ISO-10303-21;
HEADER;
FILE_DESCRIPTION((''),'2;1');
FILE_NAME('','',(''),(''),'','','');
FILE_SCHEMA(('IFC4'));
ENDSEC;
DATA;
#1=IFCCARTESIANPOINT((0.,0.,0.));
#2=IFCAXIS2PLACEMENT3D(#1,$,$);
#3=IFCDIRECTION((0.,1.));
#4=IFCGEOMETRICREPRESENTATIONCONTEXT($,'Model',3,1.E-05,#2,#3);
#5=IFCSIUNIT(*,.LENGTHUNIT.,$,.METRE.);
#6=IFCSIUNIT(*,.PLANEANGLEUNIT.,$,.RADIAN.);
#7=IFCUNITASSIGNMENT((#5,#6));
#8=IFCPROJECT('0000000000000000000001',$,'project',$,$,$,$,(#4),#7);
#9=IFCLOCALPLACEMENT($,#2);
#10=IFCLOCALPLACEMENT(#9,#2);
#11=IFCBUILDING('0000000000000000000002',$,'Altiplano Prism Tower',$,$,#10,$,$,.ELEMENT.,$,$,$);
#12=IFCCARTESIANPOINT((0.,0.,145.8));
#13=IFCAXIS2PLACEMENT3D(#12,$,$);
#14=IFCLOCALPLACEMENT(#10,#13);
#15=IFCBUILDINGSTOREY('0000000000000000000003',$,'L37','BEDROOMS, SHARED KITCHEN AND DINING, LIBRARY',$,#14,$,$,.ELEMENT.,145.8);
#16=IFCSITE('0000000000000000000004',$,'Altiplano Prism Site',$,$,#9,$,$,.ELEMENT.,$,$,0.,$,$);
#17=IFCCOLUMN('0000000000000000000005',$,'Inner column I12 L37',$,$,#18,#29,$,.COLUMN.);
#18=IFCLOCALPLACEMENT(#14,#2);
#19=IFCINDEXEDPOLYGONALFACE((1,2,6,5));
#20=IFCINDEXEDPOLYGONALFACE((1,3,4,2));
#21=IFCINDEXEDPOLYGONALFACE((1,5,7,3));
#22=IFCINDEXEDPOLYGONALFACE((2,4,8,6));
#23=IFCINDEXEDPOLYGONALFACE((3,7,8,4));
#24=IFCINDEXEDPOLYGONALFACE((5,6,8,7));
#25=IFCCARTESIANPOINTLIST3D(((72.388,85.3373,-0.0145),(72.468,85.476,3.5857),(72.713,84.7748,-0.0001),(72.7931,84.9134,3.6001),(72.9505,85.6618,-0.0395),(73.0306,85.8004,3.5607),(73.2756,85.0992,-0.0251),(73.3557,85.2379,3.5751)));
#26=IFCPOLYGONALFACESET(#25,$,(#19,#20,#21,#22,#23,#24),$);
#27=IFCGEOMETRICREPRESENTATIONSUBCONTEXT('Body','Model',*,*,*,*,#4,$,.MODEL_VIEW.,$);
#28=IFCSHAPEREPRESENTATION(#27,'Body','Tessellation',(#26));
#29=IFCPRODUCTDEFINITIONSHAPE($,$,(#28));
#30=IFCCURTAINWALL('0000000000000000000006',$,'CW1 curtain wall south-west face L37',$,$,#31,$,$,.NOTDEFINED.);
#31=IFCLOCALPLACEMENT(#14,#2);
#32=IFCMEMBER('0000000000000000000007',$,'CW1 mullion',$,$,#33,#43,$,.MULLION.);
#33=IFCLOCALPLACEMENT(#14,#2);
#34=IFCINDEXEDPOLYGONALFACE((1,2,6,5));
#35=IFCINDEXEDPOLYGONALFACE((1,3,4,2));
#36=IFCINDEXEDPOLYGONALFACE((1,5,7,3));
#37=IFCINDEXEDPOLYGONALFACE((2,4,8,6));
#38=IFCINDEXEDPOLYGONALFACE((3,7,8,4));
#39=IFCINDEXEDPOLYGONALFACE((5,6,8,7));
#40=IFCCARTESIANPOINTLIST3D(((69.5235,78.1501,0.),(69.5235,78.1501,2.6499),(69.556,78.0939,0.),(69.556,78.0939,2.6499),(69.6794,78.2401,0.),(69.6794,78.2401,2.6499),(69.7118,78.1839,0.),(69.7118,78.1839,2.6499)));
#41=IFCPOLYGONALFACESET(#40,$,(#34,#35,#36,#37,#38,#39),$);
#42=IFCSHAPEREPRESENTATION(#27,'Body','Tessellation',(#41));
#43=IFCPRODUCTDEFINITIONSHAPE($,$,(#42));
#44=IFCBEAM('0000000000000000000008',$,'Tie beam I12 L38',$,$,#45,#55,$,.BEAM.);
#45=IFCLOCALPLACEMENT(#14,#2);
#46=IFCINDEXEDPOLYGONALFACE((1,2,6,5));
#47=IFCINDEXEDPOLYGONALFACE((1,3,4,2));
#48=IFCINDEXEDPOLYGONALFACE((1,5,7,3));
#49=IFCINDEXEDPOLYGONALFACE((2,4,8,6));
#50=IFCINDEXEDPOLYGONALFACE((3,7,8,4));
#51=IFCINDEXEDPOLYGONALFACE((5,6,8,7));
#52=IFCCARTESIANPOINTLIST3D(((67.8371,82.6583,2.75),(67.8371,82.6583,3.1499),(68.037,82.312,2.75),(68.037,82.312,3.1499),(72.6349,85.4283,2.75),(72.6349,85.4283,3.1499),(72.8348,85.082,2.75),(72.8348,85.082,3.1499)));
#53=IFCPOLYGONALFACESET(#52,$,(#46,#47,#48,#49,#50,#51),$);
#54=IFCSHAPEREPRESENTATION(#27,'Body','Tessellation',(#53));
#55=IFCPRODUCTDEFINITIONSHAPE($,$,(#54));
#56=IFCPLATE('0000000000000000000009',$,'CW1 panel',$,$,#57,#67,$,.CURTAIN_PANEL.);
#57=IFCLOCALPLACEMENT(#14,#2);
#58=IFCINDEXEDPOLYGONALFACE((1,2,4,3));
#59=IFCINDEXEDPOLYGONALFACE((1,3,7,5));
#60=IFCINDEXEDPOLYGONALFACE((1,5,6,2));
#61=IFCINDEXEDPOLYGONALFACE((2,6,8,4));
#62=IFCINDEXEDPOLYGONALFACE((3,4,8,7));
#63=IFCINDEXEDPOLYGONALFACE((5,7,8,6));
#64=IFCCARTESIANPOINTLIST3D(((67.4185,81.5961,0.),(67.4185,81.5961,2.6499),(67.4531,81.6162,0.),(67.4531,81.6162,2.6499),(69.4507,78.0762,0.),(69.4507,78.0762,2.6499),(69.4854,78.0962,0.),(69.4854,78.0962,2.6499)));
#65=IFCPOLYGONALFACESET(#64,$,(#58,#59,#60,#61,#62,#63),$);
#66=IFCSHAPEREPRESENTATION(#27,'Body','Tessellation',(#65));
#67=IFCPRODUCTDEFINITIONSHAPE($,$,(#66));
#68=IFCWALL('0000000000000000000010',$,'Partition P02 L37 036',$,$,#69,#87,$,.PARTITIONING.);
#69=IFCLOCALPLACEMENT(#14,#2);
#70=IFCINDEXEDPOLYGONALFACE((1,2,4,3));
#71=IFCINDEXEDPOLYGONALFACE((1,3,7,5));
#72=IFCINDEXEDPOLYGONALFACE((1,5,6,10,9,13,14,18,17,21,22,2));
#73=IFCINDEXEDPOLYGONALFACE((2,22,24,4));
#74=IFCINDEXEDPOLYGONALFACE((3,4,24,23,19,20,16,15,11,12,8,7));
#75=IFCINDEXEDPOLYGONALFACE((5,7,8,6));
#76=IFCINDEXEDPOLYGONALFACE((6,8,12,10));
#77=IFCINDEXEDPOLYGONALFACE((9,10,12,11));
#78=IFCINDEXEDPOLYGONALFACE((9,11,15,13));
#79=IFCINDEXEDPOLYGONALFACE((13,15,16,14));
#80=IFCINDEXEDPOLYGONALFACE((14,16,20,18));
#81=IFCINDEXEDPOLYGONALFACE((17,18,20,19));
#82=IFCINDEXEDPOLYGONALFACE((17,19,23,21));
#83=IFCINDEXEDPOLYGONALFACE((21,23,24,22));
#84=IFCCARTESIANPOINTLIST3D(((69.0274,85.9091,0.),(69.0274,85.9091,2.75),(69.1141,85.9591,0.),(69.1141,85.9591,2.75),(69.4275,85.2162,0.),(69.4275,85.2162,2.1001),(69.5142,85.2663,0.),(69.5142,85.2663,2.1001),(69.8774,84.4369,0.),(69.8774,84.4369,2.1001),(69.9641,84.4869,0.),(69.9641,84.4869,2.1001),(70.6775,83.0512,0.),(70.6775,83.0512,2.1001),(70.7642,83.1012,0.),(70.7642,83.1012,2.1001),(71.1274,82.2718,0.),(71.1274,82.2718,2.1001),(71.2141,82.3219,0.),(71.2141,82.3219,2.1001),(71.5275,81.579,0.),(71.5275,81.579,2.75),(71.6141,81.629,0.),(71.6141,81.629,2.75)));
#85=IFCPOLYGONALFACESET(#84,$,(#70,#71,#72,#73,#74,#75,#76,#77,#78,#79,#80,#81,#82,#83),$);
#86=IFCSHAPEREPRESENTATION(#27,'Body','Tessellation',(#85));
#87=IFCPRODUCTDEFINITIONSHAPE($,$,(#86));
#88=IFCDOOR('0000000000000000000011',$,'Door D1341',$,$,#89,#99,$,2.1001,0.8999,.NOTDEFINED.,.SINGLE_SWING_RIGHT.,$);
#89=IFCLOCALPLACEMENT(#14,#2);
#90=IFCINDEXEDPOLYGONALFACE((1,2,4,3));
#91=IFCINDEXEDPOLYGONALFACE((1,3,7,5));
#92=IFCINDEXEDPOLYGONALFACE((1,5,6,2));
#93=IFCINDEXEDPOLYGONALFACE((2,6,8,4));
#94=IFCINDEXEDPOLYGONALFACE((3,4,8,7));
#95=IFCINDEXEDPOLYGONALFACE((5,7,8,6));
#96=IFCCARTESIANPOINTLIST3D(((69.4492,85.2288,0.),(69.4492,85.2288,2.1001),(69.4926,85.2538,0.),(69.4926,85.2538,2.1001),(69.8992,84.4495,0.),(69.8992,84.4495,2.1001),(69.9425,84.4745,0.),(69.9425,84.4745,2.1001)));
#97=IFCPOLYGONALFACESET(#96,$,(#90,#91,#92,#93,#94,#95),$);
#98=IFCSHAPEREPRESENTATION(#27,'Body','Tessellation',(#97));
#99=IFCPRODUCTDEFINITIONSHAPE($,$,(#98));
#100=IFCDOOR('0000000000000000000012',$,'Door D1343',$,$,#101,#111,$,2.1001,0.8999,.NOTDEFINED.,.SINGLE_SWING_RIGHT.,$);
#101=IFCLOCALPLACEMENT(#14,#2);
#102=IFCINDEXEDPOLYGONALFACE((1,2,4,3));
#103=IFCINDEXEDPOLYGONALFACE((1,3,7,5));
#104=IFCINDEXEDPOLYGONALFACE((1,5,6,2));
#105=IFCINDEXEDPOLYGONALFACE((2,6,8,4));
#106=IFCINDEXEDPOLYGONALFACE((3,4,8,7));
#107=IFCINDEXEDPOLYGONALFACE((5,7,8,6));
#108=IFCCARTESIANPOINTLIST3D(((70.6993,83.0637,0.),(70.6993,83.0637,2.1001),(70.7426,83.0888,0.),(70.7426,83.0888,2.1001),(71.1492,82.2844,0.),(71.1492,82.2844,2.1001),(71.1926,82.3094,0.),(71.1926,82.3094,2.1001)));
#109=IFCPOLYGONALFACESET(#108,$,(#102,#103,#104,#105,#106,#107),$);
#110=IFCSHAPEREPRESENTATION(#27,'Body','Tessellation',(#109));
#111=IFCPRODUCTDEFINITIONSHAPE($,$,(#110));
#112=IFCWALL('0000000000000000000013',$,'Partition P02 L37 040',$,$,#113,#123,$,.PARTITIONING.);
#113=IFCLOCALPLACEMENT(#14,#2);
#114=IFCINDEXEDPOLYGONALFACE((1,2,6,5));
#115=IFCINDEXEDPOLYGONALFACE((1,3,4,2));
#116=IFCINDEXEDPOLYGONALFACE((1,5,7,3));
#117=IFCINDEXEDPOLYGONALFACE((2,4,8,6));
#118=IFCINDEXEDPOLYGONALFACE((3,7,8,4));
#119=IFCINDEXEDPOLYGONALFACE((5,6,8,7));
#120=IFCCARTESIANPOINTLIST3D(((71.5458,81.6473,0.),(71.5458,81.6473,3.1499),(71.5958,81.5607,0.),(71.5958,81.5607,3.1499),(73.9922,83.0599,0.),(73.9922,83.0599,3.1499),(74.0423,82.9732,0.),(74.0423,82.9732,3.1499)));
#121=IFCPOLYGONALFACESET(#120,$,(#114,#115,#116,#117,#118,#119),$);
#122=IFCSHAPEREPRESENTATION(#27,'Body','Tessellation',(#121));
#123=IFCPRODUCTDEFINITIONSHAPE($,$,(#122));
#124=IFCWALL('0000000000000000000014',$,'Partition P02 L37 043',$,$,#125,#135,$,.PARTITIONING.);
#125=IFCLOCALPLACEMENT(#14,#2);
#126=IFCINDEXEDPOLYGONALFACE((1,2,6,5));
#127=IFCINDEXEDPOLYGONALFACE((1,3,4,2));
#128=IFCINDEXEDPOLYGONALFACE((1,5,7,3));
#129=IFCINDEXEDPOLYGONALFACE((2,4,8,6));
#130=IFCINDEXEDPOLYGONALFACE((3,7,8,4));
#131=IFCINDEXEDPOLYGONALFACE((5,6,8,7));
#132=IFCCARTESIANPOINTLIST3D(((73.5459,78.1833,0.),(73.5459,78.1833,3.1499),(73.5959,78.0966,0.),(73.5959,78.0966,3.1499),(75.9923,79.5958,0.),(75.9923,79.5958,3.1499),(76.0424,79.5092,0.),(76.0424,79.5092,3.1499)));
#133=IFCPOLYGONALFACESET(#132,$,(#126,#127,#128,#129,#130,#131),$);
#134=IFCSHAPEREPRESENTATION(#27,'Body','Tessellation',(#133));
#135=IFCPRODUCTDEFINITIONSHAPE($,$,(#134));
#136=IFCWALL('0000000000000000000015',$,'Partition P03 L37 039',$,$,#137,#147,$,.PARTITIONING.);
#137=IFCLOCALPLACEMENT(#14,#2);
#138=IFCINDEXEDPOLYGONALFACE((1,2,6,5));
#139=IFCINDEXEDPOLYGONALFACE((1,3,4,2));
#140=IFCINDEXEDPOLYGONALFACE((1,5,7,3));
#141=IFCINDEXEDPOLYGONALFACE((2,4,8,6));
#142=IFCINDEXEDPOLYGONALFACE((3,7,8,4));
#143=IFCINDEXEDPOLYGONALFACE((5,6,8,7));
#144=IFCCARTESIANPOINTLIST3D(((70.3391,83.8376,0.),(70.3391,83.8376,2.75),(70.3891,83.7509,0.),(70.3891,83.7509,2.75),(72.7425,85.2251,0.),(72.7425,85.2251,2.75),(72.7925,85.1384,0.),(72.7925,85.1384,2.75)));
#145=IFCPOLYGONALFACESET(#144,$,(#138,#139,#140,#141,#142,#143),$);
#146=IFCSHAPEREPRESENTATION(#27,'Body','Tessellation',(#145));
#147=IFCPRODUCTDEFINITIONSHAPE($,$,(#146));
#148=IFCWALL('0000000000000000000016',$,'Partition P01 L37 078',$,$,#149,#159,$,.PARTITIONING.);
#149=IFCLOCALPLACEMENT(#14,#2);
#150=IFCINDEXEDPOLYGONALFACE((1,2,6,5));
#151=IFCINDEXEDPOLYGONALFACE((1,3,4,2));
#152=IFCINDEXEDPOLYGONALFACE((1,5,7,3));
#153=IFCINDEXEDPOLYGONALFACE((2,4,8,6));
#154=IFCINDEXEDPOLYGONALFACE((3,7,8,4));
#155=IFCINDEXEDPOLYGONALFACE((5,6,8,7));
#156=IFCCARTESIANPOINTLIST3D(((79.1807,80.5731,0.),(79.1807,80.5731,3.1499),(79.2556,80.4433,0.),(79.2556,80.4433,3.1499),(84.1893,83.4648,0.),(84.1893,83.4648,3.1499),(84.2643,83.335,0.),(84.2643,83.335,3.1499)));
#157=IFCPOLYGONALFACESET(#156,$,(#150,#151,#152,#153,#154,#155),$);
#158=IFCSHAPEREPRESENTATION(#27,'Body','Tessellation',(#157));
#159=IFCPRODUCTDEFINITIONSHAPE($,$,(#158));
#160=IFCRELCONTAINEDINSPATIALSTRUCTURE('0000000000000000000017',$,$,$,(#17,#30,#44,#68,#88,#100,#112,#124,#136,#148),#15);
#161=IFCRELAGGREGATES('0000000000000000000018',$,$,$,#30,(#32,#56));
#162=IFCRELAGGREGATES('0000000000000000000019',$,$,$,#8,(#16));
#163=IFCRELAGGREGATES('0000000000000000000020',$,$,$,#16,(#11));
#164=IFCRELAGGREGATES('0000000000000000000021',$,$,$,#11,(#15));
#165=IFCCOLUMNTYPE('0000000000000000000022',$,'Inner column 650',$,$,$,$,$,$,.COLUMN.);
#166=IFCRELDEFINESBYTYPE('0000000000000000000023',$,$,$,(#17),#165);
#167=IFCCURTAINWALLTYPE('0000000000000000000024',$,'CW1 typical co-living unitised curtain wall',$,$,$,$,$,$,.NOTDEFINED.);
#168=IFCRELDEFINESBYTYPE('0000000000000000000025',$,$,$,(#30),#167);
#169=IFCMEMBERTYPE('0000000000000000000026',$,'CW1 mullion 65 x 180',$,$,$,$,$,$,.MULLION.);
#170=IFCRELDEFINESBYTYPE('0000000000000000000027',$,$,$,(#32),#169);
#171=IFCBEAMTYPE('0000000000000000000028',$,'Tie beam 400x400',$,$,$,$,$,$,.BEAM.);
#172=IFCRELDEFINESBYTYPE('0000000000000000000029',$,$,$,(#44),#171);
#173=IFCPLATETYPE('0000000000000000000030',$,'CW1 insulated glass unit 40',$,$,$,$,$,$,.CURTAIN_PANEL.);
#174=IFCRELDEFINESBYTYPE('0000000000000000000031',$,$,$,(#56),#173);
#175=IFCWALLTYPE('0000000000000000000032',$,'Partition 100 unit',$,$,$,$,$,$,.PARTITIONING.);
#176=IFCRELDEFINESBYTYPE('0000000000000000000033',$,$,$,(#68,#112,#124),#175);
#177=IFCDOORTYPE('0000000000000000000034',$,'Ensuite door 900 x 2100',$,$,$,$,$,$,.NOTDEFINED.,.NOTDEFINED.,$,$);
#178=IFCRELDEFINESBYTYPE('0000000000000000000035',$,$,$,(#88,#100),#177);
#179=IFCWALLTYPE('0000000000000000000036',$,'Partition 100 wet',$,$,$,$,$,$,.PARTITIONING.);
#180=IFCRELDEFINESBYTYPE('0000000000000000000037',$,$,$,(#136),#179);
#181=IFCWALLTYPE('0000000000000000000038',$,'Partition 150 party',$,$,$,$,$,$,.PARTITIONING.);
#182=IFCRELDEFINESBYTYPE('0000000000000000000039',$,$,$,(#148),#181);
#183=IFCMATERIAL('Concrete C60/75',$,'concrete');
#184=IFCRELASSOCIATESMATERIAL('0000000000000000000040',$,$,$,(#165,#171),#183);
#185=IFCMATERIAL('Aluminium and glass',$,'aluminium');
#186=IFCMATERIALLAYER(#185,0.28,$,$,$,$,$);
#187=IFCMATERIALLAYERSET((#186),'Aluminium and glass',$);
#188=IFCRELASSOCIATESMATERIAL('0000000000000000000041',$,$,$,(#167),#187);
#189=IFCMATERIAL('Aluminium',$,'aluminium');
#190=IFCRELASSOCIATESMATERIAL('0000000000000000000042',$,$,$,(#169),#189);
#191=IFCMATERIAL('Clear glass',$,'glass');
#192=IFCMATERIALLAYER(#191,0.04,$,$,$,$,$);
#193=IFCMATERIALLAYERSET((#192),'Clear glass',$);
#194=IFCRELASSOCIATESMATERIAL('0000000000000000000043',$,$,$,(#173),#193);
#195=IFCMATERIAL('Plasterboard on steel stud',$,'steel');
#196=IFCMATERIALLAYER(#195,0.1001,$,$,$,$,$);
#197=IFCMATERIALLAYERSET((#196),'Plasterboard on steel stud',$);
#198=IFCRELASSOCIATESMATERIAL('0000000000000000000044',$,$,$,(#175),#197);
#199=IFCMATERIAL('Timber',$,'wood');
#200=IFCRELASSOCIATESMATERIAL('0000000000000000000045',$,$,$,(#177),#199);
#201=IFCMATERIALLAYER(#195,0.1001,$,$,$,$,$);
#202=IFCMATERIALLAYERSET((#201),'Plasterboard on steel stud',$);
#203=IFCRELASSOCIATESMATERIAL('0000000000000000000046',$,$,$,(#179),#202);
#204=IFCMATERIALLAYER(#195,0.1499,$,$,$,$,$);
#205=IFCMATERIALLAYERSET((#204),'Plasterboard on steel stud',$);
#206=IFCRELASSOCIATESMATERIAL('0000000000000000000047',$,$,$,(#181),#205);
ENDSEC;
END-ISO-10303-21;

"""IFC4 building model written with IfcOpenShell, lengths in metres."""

from ifc_helpers import new_model, si_unit, direction, frame, frame_2d, origin, origin_2d, place, context, subcontext, project, spatial, rectangle, extrude, material, layer, layer_set, material_profile, profile_set, type_object, element, fill, aggregate, save


model = new_model("IFC4")

# Units and contexts
model_context = context("Model", 3, precision=1e-05, world=origin(), true_north=direction((0.0, 1.0)))
body_context = subcontext(model_context, "Body", "Model", "MODEL_VIEW")
ifc_project = project(units=[si_unit("LENGTHUNIT", "METRE"), si_unit("PLANEANGLEUNIT", "RADIAN")], contexts=[model_context])

# Site, building, storey
site_placement = place(None, origin())
site = spatial("IfcSite", under=ifc_project, at=site_placement, Name="Altiplano Prism Site", CompositionType="ELEMENT", RefElevation=0.0)
building_placement = place(site_placement, origin())
building = spatial("IfcBuilding", under=site, at=building_placement, Name="Altiplano Prism Tower", CompositionType="ELEMENT")
storey_placement = place(building_placement, frame((0.0, 0.0, 145.8)))
storey = spatial("IfcBuildingStorey", under=building, at=storey_placement, Name="L37", Description="BEDROOMS, SHARED KITCHEN AND DINING, LIBRARY", CompositionType="ELEMENT", Elevation=145.8)

# Column
ifc_material_1 = material(Name="Concrete C60/75", Category="concrete")
ifc_material_profile_1 = material_profile(ifc_material_1, rectangle(XDim=0.6499, YDim=0.6499, at=origin_2d()), Name="Inner column 650")
ifc_profile_set_1 = profile_set([ifc_material_profile_1], Name="Concrete C60/75")
column_type = type_object("IfcColumnType", Name="Inner column 650", PredefinedType="COLUMN", material=ifc_profile_set_1)
column_placement = place(storey_placement, frame((72.8318, 85.2183, -0.0198), z_axis=(0.022221, 0.038481, 0.999012), x_axis=(-0.865642, -0.499182, 0.038483)))
element("IfcColumn", 1, at=column_placement, inside=storey, type_object=column_type, Name="Inner column I12 L37", PredefinedType="COLUMN", context=body_context, shape_type="SweptSolid", body=[
    extrude(rectangle(XDim=0.6499, YDim=0.6499, at=origin_2d()), origin(), (0.0, 0.0, 1.0), 3.6038),
])

# Curtain wall, member
ifc_material_2 = material(Name="Aluminium and glass", Category="aluminium")
ifc_layer_1 = layer(ifc_material_2, 0.28)
ifc_layer_set_1 = layer_set([ifc_layer_1], Name="Aluminium and glass")
curtain_wall_type = type_object("IfcCurtainWallType", Name="CW1 typical co-living unitised curtain wall", PredefinedType="NOTDEFINED", material=ifc_layer_set_1)
curtain_wall_placement = place(storey_placement, origin())
curtain_wall = element("IfcCurtainWall", 2, at=curtain_wall_placement, inside=storey, type_object=curtain_wall_type, Name="CW1 curtain wall south-west face L37", PredefinedType="NOTDEFINED")
ifc_material_3 = material(Name="Aluminium", Category="aluminium")
ifc_material_profile_2 = material_profile(ifc_material_3, rectangle(XDim=0.1799, YDim=0.0649, at=origin_2d()), Name="CW1 mullion 65 x 180")
ifc_profile_set_2 = profile_set([ifc_material_profile_2], Name="Aluminium")
member_type = type_object("IfcMemberType", Name="CW1 mullion 65 x 180", PredefinedType="MULLION", material=ifc_profile_set_2)
member_placement = place(storey_placement, frame((69.6177, 78.167, 0.0), z_axis=(0.0, 0.0, 1.0), x_axis=(0.866025, 0.5, 0.0)))
member = element("IfcMember", 3, at=member_placement, type_object=member_type, Name="CW1 mullion", PredefinedType="MULLION", context=body_context, shape_type="SweptSolid", body=[
    extrude(rectangle(XDim=0.1799, YDim=0.0649, at=origin_2d()), origin(), (0.0, 0.0, 1.0), 2.6499),
])

# Beam
ifc_material_profile_3 = material_profile(ifc_material_1, rectangle(XDim=0.3999, YDim=0.3999, at=origin_2d()), Name="Tie beam 400x400")
ifc_profile_set_3 = profile_set([ifc_material_profile_3], Name="Concrete C60/75")
beam_type = type_object("IfcBeamType", Name="Tie beam 400x400", PredefinedType="BEAM", material=ifc_profile_set_3)
beam_placement = place(storey_placement, frame((72.7349, 85.2551, 2.95), z_axis=(-0.866027, -0.499997, 0.0), x_axis=(0.499997, -0.866027, 0.0)))
element("IfcBeam", 4, at=beam_placement, inside=storey, type_object=beam_type, Name="Tie beam I12 L38", PredefinedType="BEAM", context=body_context, shape_type="SweptSolid", body=[
    extrude(rectangle(XDim=0.3999, YDim=0.3999, at=origin_2d()), origin(), (0.0, 0.0, 1.0), 5.54),
])

# Plate
ifc_material_4 = material(Name="Clear glass", Category="glass")
ifc_layer_2 = layer(ifc_material_4, 0.04)
ifc_layer_set_2 = layer_set([ifc_layer_2], Name="Clear glass")
plate_type = type_object("IfcPlateType", Name="CW1 insulated glass unit 40", PredefinedType="CURTAIN_PANEL", material=ifc_layer_set_2)
plate_placement = place(storey_placement, frame((68.4519, 79.8462, 0.0), z_axis=(0.0, 0.0, 1.0), x_axis=(0.5, -0.866025, 0.0)))
plate = element("IfcPlate", 5, at=plate_placement, type_object=plate_type, Name="CW1 panel", PredefinedType="CURTAIN_PANEL", context=body_context, shape_type="SweptSolid", body=[
    extrude(rectangle(XDim=4.0645, YDim=0.04, at=origin_2d()), origin(), (0.0, 0.0, 1.0), 2.6499),
])
aggregate(curtain_wall, [member, plate])

# Wall, openings, doors
ifc_material_5 = material(Name="Plasterboard on steel stud", Category="steel")
ifc_layer_3 = layer(ifc_material_5, 0.1001)
ifc_layer_set_3 = layer_set([ifc_layer_3], Name="Plasterboard on steel stud")
wall_type_1 = type_object("IfcWallType", Name="Partition 100 unit", PredefinedType="PARTITIONING", material=ifc_layer_set_3)
wall_1_placement = place(storey_placement, frame((71.5708, 81.604, 0.0), z_axis=(0.0, 0.0, 1.0), x_axis=(-0.500004, 0.866023, 0.0)))
wall_1 = element("IfcWall", 6, at=wall_1_placement, inside=storey, type_object=wall_type_1, Name="Partition P02 L37 036", PredefinedType="PARTITIONING", context=body_context, shape_type="SweptSolid", body=[
    extrude(rectangle(XDim=5.0, YDim=0.1001, at=frame_2d((2.5, 0.0))), origin(), (0.0, 0.0, 1.0), 2.75),
])
opening_1_placement = place(wall_1_placement, frame((3.3, 0.0, 0.0)))
opening_1 = element("IfcOpeningElement", 7, at=opening_1_placement, cuts=wall_1, PredefinedType="OPENING", context=body_context, shape_type="SweptSolid", body=[
    extrude(rectangle(XDim=0.8999, YDim=2.1001, at=frame_2d((0.45, 1.05))), frame((0.0, 0.0605, 0.0), z_axis=(0.0, -1.0, 0.0), x_axis=(1.0, 0.0, 0.0)), (0.0, 0.0, 1.0), 0.1211),
])
opening_2_placement = place(wall_1_placement, frame((0.8, 0.0, 0.0)))
opening_2 = element("IfcOpeningElement", 8, at=opening_2_placement, cuts=wall_1, PredefinedType="OPENING", context=body_context, shape_type="SweptSolid", body=[
    extrude(rectangle(XDim=0.8999, YDim=2.1001, at=frame_2d((0.45, 1.05))), frame((0.0, 0.0605, 0.0), z_axis=(0.0, -1.0, 0.0), x_axis=(1.0, 0.0, 0.0)), (0.0, 0.0, 1.0), 0.1211),
])
ifc_material_6 = material(Name="Timber", Category="wood")
door_type = type_object("IfcDoorType", Name="Ensuite door 900 x 2100", OperationType="NOTDEFINED", PredefinedType="NOTDEFINED", material=ifc_material_6)
door_1_placement = place(opening_1_placement, origin())
door_1 = element("IfcDoor", 9, at=door_1_placement, inside=storey, type_object=door_type, Name="Door D1341", OperationType="SINGLE_SWING_RIGHT", OverallHeight=2.1001, OverallWidth=0.8999, PredefinedType="NOTDEFINED", context=body_context, shape_type="SweptSolid", body=[
    extrude(rectangle(XDim=0.8999, YDim=2.1001, at=frame_2d((0.45, 1.05))), frame((0.0, 0.0249, 0.0), z_axis=(0.0, -1.0, 0.0), x_axis=(1.0, 0.0, 0.0)), (0.0, 0.0, 1.0), 0.05),
])
fill(opening_1, door_1)
door_2_placement = place(opening_2_placement, origin())
door_2 = element("IfcDoor", 10, at=door_2_placement, inside=storey, type_object=door_type, Name="Door D1343", OperationType="SINGLE_SWING_RIGHT", OverallHeight=2.1001, OverallWidth=0.8999, PredefinedType="NOTDEFINED", context=body_context, shape_type="SweptSolid", body=[
    extrude(rectangle(XDim=0.8999, YDim=2.1001, at=frame_2d((0.45, 1.05))), frame((0.0, 0.0249, 0.0), z_axis=(0.0, -1.0, 0.0), x_axis=(1.0, 0.0, 0.0)), (0.0, 0.0, 1.0), 0.05),
])
fill(opening_2, door_2)

# Walls
for number, where, z_axis, x_axis, name in (
    (11, (74.0173, 83.0166, 0.0), (0.0, 0.0, 1.0), (-0.866011, -0.500024, 0.0), "Partition P02 L37 040"),
    (12, (73.5708, 78.1399, 0.0), (0.0, 0.0, 1.0), (0.866011, 0.500024, 0.0), "Partition P02 L37 043"),
):
    element("IfcWall", number, at=place(storey_placement, frame(where, z_axis=z_axis, x_axis=x_axis)), inside=storey, type_object=wall_type_1, Name=name, PredefinedType="PARTITIONING", context=body_context, shape_type="SweptSolid", body=[
        extrude(rectangle(XDim=2.825, YDim=0.1001, at=frame_2d((1.4126, 0.0))), origin(), (0.0, 0.0, 1.0), 3.1499),
    ])
ifc_layer_4 = layer(ifc_material_5, 0.1001)
ifc_layer_set_4 = layer_set([ifc_layer_4], Name="Plasterboard on steel stud")
wall_type_2 = type_object("IfcWallType", Name="Partition 100 wet", PredefinedType="PARTITIONING", material=ifc_layer_set_4)
wall_2_placement = place(storey_placement, frame((70.364, 83.7942, 0.0), z_axis=(0.0, 0.0, 1.0), x_axis=(0.866042, 0.499971, 0.0)))
element("IfcWall", 13, at=wall_2_placement, inside=storey, type_object=wall_type_2, Name="Partition P03 L37 039", PredefinedType="PARTITIONING", context=body_context, shape_type="SweptSolid", body=[
    extrude(rectangle(XDim=2.7751, YDim=0.1001, at=frame_2d((1.3877, 0.0))), origin(), (0.0, 0.0, 1.0), 2.75),
])
ifc_layer_5 = layer(ifc_material_5, 0.1499)
ifc_layer_set_5 = layer_set([ifc_layer_5], Name="Plasterboard on steel stud")
wall_type_3 = type_object("IfcWallType", Name="Partition 150 party", PredefinedType="PARTITIONING", material=ifc_layer_set_5)
wall_3_placement = place(storey_placement, frame((79.2183, 80.5083, 0.0), z_axis=(0.0, 0.0, 1.0), x_axis=(0.866032, 0.499989, 0.0)))
element("IfcWall", 14, at=wall_3_placement, inside=storey, type_object=wall_type_3, Name="Partition P01 L37 078", PredefinedType="PARTITIONING", context=body_context, shape_type="SweptSolid", body=[
    extrude(rectangle(XDim=5.7834, YDim=0.1499, at=frame_2d((2.8916, 0.0))), origin(), (0.0, 0.0, 1.0), 3.1499),
])

save(model, "model.ifc")
